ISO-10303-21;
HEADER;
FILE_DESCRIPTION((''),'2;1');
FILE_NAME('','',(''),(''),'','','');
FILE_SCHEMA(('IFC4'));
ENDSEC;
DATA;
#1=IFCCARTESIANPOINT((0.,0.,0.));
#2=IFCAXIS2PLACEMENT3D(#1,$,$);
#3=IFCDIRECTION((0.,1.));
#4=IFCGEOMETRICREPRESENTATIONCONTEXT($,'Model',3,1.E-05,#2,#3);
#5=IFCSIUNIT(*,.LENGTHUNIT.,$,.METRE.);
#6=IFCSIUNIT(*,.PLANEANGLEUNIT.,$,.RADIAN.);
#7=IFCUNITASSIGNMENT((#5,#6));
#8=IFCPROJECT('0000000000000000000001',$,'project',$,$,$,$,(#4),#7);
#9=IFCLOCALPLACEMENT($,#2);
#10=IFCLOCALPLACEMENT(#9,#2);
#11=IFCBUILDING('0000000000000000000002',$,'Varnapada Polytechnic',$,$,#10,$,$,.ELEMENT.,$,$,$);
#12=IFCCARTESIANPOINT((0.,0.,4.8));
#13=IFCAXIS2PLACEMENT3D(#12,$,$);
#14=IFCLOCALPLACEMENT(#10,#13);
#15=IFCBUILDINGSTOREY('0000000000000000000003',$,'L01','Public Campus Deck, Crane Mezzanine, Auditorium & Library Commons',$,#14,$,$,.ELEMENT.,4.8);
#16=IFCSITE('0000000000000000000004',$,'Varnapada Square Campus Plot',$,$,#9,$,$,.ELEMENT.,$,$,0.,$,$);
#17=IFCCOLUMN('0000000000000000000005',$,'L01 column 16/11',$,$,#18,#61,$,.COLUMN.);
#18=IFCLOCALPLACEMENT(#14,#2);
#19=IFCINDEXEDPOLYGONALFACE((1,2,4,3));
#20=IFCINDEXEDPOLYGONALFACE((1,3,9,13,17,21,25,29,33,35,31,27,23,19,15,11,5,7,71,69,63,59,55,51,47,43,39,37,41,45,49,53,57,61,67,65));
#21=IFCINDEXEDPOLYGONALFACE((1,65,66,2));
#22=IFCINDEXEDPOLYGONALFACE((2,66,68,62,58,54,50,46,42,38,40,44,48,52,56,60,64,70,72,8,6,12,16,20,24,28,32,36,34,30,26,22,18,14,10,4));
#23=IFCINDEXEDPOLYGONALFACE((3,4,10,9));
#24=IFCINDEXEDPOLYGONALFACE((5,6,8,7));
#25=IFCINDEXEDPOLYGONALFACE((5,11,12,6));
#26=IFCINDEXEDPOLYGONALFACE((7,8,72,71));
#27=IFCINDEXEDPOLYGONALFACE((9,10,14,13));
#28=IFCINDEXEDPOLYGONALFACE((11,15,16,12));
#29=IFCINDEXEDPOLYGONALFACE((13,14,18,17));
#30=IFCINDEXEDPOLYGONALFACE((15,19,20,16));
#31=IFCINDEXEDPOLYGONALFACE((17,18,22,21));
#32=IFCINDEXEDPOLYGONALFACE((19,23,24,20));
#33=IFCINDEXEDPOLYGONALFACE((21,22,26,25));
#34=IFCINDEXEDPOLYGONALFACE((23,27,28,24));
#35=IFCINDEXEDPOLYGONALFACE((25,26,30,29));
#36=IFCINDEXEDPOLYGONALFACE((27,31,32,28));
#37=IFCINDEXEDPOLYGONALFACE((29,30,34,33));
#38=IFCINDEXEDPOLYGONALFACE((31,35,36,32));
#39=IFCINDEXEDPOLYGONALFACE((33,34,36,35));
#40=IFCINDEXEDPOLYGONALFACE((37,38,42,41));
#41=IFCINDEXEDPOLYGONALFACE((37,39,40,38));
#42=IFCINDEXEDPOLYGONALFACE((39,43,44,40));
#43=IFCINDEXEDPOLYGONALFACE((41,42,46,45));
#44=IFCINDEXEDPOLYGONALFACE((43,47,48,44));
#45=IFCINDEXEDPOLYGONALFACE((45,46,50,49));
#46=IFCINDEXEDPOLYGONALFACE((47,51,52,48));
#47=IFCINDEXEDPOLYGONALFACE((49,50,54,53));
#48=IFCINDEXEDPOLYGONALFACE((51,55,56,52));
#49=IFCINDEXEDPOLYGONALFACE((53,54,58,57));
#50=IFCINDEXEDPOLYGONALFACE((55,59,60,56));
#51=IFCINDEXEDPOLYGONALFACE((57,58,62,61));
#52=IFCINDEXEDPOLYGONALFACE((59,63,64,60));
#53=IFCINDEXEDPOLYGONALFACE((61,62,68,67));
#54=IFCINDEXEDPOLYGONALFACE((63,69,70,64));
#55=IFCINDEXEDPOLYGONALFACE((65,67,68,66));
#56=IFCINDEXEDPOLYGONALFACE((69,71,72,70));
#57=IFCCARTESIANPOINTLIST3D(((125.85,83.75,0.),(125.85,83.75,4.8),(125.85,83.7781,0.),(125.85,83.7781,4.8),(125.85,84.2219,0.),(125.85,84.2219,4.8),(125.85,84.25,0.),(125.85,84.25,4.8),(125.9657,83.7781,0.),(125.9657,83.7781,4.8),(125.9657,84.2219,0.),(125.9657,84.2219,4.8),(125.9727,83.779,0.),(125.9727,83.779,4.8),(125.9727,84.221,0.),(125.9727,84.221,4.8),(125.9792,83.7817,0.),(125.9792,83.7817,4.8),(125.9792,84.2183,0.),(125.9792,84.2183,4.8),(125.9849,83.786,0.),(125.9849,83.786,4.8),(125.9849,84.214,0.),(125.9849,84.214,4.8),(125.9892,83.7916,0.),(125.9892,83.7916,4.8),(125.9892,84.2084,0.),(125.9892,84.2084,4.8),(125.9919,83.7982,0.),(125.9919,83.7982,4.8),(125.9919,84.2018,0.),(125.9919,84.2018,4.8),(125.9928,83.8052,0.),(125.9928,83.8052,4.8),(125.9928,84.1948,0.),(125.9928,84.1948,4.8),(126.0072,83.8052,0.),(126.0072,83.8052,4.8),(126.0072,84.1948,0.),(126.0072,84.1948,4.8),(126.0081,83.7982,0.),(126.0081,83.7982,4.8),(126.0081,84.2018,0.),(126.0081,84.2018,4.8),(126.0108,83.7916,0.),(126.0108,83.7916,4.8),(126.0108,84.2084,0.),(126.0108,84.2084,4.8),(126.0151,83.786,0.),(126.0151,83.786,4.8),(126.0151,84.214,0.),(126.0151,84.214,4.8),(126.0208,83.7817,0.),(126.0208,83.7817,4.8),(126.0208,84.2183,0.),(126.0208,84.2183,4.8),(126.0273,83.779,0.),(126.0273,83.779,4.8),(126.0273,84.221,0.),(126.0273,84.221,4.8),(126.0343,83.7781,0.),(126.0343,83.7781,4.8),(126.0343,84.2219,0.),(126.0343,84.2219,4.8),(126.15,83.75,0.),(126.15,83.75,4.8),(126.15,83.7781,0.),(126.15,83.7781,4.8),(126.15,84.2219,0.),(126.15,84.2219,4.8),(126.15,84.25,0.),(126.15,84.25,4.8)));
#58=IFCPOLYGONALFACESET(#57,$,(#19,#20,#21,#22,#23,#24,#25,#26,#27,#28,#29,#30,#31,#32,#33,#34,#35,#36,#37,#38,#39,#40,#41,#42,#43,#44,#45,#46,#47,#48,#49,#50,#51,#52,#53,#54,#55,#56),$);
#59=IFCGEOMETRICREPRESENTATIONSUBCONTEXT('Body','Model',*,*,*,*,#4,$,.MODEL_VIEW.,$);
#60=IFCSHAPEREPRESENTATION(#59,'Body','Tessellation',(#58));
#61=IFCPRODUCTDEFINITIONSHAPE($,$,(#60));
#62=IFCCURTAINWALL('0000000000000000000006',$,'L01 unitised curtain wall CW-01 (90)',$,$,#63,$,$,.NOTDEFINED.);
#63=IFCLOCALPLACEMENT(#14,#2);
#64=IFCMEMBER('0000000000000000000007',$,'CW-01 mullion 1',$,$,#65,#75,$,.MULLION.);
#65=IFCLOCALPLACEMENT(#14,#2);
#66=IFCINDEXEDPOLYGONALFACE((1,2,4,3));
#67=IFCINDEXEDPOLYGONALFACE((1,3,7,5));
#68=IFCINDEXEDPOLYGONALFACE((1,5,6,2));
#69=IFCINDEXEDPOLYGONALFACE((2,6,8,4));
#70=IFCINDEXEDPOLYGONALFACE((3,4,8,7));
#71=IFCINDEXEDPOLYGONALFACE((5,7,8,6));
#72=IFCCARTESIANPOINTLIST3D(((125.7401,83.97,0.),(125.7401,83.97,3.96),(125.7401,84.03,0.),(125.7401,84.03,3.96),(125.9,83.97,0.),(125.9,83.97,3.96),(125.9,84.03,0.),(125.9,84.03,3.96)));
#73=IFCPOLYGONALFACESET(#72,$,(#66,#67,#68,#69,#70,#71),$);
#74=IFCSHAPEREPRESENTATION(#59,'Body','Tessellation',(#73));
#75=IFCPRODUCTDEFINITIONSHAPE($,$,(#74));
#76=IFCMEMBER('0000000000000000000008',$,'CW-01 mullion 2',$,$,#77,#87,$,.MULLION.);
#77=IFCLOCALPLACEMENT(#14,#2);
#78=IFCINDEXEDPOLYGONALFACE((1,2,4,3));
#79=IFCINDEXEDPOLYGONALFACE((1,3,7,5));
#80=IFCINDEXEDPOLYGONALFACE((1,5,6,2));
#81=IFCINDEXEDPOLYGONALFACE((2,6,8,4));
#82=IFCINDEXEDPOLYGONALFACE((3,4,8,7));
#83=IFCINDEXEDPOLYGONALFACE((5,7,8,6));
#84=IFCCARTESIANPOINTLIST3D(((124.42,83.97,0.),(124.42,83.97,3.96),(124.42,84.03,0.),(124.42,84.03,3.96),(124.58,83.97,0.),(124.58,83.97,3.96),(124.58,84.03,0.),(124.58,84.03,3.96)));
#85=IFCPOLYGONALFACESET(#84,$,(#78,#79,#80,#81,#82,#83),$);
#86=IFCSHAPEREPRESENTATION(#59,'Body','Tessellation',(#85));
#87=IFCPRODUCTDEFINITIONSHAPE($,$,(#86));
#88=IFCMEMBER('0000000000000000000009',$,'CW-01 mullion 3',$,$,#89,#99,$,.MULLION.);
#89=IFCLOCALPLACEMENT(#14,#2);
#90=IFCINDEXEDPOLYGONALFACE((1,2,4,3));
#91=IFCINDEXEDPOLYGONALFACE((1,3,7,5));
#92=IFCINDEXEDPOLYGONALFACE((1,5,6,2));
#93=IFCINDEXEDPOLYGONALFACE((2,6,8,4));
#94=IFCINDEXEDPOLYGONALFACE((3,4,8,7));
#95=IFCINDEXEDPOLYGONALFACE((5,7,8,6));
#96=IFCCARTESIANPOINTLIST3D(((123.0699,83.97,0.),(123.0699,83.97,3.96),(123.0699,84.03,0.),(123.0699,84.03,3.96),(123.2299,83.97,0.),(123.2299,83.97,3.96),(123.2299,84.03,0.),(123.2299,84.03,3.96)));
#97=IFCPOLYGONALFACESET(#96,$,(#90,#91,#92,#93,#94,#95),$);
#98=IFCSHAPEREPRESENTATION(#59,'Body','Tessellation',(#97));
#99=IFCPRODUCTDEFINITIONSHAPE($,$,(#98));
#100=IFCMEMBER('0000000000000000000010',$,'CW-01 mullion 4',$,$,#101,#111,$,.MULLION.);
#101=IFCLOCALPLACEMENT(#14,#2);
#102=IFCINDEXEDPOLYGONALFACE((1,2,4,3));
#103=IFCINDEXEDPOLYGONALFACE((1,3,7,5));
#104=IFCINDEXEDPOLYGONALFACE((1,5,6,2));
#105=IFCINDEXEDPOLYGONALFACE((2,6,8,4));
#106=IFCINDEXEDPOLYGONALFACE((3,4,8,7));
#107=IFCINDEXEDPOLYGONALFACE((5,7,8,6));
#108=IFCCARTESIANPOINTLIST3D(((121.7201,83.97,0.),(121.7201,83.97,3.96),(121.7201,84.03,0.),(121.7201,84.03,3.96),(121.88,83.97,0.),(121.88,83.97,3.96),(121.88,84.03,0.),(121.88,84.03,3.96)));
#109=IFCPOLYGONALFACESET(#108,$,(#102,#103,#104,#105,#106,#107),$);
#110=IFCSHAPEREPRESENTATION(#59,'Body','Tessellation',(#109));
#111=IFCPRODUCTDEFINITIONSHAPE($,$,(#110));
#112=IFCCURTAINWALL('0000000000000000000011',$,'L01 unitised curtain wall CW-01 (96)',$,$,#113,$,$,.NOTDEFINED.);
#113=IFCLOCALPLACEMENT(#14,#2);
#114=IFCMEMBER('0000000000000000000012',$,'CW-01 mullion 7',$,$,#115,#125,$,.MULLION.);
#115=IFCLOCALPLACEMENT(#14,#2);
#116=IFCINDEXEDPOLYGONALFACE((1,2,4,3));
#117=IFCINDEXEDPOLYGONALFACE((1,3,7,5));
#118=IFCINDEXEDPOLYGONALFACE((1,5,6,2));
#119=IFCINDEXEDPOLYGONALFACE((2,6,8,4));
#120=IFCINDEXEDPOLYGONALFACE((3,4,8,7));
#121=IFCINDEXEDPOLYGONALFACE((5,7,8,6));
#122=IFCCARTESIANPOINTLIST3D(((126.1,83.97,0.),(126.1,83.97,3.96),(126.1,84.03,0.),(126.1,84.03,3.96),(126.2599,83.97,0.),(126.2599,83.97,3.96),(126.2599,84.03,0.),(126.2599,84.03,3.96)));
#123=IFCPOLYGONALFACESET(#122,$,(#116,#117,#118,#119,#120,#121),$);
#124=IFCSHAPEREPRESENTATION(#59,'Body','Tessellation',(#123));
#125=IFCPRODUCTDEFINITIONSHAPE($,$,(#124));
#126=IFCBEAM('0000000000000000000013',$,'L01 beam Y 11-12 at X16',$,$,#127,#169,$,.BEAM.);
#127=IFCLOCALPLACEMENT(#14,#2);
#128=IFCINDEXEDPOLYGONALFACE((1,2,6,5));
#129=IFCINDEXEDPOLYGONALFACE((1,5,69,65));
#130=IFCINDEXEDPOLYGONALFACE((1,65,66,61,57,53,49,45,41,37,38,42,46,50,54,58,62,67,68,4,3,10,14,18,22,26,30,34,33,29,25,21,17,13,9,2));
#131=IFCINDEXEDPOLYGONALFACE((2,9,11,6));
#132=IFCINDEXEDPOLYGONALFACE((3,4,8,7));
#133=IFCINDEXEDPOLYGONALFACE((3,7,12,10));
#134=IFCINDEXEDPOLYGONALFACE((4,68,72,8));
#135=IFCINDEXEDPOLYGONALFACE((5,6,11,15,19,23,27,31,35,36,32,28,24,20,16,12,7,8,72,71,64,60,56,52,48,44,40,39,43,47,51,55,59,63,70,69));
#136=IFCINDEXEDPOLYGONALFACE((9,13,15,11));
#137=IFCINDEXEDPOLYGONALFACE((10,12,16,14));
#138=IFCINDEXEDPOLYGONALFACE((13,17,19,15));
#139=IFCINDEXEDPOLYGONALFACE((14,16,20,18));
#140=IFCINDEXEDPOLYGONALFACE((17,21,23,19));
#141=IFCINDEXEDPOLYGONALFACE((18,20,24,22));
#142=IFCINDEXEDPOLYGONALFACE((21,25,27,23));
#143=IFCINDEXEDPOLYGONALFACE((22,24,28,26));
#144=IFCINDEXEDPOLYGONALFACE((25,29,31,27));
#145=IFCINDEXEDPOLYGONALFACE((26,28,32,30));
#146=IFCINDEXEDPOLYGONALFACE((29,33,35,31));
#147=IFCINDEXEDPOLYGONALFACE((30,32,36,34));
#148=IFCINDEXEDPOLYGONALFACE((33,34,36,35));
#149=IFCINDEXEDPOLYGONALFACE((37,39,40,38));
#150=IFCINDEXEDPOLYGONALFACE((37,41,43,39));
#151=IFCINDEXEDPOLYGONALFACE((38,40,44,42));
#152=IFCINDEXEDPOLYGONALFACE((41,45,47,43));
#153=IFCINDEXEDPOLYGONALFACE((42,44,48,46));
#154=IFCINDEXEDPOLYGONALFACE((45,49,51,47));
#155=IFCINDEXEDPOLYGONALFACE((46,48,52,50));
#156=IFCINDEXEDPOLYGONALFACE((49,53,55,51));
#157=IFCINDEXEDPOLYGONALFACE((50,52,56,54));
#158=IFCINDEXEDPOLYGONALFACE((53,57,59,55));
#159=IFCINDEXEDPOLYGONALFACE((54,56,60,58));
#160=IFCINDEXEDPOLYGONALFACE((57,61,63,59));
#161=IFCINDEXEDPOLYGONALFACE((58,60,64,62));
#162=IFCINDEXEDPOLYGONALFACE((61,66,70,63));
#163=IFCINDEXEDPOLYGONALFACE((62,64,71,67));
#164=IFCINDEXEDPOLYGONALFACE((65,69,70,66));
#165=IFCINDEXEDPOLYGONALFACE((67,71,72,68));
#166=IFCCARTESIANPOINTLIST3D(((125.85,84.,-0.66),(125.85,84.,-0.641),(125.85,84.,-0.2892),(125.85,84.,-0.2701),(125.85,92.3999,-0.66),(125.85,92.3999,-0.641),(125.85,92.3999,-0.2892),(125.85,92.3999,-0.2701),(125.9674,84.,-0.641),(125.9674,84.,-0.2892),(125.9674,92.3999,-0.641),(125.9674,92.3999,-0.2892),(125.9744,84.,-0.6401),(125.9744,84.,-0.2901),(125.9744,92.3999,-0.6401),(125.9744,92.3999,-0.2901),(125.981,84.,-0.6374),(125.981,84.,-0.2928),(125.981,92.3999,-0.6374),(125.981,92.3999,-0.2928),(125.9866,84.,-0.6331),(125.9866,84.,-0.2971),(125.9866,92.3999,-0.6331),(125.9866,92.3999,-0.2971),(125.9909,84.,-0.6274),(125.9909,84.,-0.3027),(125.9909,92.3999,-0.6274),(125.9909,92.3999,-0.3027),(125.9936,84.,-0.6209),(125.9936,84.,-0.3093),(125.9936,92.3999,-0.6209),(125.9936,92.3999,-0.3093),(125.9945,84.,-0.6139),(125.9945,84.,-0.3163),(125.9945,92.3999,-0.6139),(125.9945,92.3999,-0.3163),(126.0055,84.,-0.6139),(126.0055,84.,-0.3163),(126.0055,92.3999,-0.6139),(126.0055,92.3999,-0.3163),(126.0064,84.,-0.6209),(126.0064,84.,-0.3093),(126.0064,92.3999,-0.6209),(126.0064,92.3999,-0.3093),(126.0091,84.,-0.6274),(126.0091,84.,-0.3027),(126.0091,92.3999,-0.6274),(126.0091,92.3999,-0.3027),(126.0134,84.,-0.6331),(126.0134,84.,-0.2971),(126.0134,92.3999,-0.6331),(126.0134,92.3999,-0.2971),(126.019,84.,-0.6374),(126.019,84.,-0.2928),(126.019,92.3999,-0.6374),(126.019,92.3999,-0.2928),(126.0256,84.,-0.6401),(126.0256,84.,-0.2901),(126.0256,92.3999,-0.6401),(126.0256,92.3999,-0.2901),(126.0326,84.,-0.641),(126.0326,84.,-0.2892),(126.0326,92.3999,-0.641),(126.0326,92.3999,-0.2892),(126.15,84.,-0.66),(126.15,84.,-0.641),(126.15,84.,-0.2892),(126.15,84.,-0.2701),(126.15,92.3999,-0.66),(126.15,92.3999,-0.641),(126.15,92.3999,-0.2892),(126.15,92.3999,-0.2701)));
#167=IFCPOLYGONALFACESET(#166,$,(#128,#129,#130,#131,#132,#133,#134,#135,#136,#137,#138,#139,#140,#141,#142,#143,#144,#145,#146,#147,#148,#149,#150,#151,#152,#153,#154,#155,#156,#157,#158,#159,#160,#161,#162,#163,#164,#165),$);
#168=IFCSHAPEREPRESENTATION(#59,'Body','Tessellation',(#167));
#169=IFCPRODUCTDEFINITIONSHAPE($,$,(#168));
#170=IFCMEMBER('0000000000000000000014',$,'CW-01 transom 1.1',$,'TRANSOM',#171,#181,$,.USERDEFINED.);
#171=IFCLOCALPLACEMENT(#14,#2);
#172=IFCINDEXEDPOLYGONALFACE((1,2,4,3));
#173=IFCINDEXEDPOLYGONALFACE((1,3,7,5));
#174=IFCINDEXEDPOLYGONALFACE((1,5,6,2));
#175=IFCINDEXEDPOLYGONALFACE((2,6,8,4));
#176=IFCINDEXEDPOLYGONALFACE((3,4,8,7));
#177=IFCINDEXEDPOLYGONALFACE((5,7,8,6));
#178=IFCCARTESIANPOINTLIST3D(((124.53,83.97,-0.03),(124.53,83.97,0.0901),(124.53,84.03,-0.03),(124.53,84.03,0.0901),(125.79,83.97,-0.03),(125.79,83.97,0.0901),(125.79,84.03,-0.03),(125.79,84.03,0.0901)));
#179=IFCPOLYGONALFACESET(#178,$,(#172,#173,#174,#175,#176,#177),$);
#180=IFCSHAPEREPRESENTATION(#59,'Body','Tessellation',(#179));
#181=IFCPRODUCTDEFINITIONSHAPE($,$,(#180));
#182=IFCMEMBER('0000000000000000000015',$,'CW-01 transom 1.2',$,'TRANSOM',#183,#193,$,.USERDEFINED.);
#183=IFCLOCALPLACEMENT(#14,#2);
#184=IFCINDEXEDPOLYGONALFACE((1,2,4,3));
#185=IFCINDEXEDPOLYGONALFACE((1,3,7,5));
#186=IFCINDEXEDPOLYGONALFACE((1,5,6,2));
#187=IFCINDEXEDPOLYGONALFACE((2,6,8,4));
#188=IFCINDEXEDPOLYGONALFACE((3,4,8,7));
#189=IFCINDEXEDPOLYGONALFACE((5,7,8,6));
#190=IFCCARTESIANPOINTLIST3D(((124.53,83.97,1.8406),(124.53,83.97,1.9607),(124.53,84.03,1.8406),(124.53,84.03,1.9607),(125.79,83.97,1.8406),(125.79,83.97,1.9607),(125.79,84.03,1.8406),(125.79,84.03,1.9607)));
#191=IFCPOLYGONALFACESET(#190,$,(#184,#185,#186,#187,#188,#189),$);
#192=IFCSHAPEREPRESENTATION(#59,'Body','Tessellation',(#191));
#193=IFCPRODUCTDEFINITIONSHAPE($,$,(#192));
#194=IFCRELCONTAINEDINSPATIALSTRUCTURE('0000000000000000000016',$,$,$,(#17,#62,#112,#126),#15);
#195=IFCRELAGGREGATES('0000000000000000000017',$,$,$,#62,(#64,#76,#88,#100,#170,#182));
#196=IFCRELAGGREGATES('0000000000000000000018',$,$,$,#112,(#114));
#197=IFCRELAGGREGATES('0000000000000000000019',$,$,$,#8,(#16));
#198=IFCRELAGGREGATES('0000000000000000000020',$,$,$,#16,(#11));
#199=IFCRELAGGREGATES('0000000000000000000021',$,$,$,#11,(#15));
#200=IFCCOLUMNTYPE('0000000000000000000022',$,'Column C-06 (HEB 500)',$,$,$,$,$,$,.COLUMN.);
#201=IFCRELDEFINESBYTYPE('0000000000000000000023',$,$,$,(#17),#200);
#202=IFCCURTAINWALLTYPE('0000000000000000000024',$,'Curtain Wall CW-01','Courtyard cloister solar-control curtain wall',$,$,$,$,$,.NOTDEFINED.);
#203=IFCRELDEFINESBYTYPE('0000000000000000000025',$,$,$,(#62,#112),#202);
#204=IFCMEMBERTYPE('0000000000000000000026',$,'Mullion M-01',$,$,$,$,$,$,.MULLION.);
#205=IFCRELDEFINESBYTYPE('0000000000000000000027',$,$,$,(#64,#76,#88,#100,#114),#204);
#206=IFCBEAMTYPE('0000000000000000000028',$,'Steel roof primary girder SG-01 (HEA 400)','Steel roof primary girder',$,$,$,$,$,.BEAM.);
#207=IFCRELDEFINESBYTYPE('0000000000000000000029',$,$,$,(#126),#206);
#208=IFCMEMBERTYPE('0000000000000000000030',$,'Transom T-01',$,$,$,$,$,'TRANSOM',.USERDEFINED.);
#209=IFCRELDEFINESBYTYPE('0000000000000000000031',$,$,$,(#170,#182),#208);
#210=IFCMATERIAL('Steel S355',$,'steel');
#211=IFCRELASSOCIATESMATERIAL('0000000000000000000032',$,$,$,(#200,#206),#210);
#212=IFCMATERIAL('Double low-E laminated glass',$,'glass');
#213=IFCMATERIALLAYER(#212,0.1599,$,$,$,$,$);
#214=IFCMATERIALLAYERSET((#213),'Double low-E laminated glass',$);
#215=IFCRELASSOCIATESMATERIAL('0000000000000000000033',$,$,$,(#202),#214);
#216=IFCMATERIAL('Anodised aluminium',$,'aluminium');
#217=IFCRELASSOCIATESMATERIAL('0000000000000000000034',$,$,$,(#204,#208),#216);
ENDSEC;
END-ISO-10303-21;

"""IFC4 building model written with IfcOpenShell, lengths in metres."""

from ifc_helpers import new_model, si_unit, direction, frame, origin, origin_2d, place, context, subcontext, project, spatial, rectangle, i_section, extrude, material, layer, layer_set, material_profile, profile_set, type_object, element, aggregate, save


model = new_model("IFC4")

# Units and contexts
model_context = context("Model", 3, precision=1e-05, world=origin(), true_north=direction((0.0, 1.0)))
body_context = subcontext(model_context, "Body", "Model", "MODEL_VIEW")
ifc_project = project(units=[si_unit("LENGTHUNIT", "METRE"), si_unit("PLANEANGLEUNIT", "RADIAN")], contexts=[model_context])

# Site, building, storey
site_placement = place(None, origin())
site = spatial("IfcSite", under=ifc_project, at=site_placement, Name="Varnapada Square Campus Plot", CompositionType="ELEMENT", RefElevation=0.0)
building_placement = place(site_placement, origin())
building = spatial("IfcBuilding", under=site, at=building_placement, Name="Varnapada Polytechnic", CompositionType="ELEMENT")
storey_placement = place(building_placement, frame((0.0, 0.0, 4.8)))
storey = spatial("IfcBuildingStorey", under=building, at=storey_placement, Name="L01", Description="Public Campus Deck, Crane Mezzanine, Auditorium & Library Commons", CompositionType="ELEMENT", Elevation=4.8)

# Column
ifc_material_1 = material(Name="Steel S355", Category="steel")
ifc_material_profile_1 = material_profile(ifc_material_1, i_section(OverallWidth=0.3, OverallDepth=0.5, WebThickness=0.0144, FlangeThickness=0.0281, FilletRadius=0.0271, at=origin_2d()), Name="HEB 500")
ifc_profile_set_1 = profile_set([ifc_material_profile_1], Name="Steel S355")
column_type = type_object("IfcColumnType", Name="Column C-06 (HEB 500)", PredefinedType="COLUMN", material=ifc_profile_set_1)
column_placement = place(storey_placement, frame((126.0, 84.0, 0.0), z_axis=(0.0, 0.0, 1.0), x_axis=(1.0, 0.0, 0.0)))
element("IfcColumn", 1, at=column_placement, inside=storey, type_object=column_type, Name="L01 column 16/11", PredefinedType="COLUMN", context=body_context, shape_type="SweptSolid", body=[
    extrude(i_section(OverallWidth=0.3, OverallDepth=0.5, WebThickness=0.0144, FlangeThickness=0.0281, FilletRadius=0.0271, at=origin_2d()), origin(), (0.0, 0.0, 1.0), 4.8),
])

# Curtain wall, members
ifc_material_2 = material(Name="Double low-E laminated glass", Category="glass")
ifc_layer_1 = layer(ifc_material_2, 0.1599)
ifc_layer_set_1 = layer_set([ifc_layer_1], Name="Double low-E laminated glass")
curtain_wall_type = type_object("IfcCurtainWallType", Name="Curtain Wall CW-01", Description="Courtyard cloister solar-control curtain wall", PredefinedType="NOTDEFINED", material=ifc_layer_set_1)
curtain_wall_1_placement = place(storey_placement, origin())
curtain_wall_1 = element("IfcCurtainWall", 2, at=curtain_wall_1_placement, inside=storey, type_object=curtain_wall_type, Name="L01 unitised curtain wall CW-01 (90)", PredefinedType="NOTDEFINED")
ifc_material_3 = material(Name="Anodised aluminium", Category="aluminium")
ifc_material_profile_2 = material_profile(ifc_material_3, rectangle(XDim=0.0601, YDim=0.1599, at=origin_2d()), Name="ALU M60x160")
ifc_profile_set_2 = profile_set([ifc_material_profile_2], Name="Anodised aluminium")
member_type_1 = type_object("IfcMemberType", Name="Mullion M-01", PredefinedType="MULLION", material=ifc_profile_set_2)
member_1_placement = place(storey_placement, frame((125.8201, 84.0, 0.0), z_axis=(0.0, 0.0, 1.0), x_axis=(0.0, -1.0, 0.0)))
member_1 = element("IfcMember", 3, at=member_1_placement, type_object=member_type_1, Name="CW-01 mullion 1", PredefinedType="MULLION", context=body_context, shape_type="SweptSolid", body=[
    extrude(rectangle(XDim=0.0601, YDim=0.1599, at=origin_2d()), origin(), (0.0, 0.0, 1.0), 3.96),
])
member_2_placement = place(storey_placement, frame((124.5, 84.0, 0.0), z_axis=(0.0, 0.0, 1.0), x_axis=(0.0, -1.0, 0.0)))
member_2 = element("IfcMember", 4, at=member_2_placement, type_object=member_type_1, Name="CW-01 mullion 2", PredefinedType="MULLION", context=body_context, shape_type="SweptSolid", body=[
    extrude(rectangle(XDim=0.0601, YDim=0.1599, at=origin_2d()), origin(), (0.0, 0.0, 1.0), 3.96),
])
member_3_placement = place(storey_placement, frame((123.1499, 84.0, 0.0), z_axis=(0.0, 0.0, 1.0), x_axis=(0.0, -1.0, 0.0)))
member_3 = element("IfcMember", 5, at=member_3_placement, type_object=member_type_1, Name="CW-01 mullion 3", PredefinedType="MULLION", context=body_context, shape_type="SweptSolid", body=[
    extrude(rectangle(XDim=0.0601, YDim=0.1599, at=origin_2d()), origin(), (0.0, 0.0, 1.0), 3.96),
])
member_4_placement = place(storey_placement, frame((121.8, 84.0, 0.0), z_axis=(0.0, 0.0, 1.0), x_axis=(0.0, -1.0, 0.0)))
member_4 = element("IfcMember", 6, at=member_4_placement, type_object=member_type_1, Name="CW-01 mullion 4", PredefinedType="MULLION", context=body_context, shape_type="SweptSolid", body=[
    extrude(rectangle(XDim=0.0601, YDim=0.1599, at=origin_2d()), origin(), (0.0, 0.0, 1.0), 3.96),
])

# Curtain wall, member
curtain_wall_2_placement = place(storey_placement, origin())
curtain_wall_2 = element("IfcCurtainWall", 7, at=curtain_wall_2_placement, inside=storey, type_object=curtain_wall_type, Name="L01 unitised curtain wall CW-01 (96)", PredefinedType="NOTDEFINED")
member_5_placement = place(storey_placement, frame((126.1799, 84.0, 0.0), z_axis=(0.0, 0.0, 1.0), x_axis=(0.0, -1.0, 0.0)))
member_5 = element("IfcMember", 8, at=member_5_placement, type_object=member_type_1, Name="CW-01 mullion 7", PredefinedType="MULLION", context=body_context, shape_type="SweptSolid", body=[
    extrude(rectangle(XDim=0.0601, YDim=0.1599, at=origin_2d()), origin(), (0.0, 0.0, 1.0), 3.96),
])

# Beam
ifc_material_profile_3 = material_profile(ifc_material_1, i_section(OverallWidth=0.3, OverallDepth=0.3899, WebThickness=0.011, FlangeThickness=0.019, FilletRadius=0.0271, at=origin_2d()), Name="HEA 400")
ifc_profile_set_3 = profile_set([ifc_material_profile_3], Name="Steel S355")
beam_type_1 = type_object("IfcBeamType", Name="Steel roof primary girder SG-01 (HEA 400)", Description="Steel roof primary girder", PredefinedType="BEAM", material=ifc_profile_set_3)
beam_1_placement = place(storey_placement, frame((126.0, 84.0, -0.4651), z_axis=(0.0, 1.0, 0.0), x_axis=(-1.0, 0.0, 0.0)))
element("IfcBeam", 9, at=beam_1_placement, inside=storey, type_object=beam_type_1, Name="L01 beam Y 11-12 at X16", PredefinedType="BEAM", context=body_context, shape_type="SweptSolid", body=[
    extrude(i_section(OverallWidth=0.3, OverallDepth=0.3899, WebThickness=0.011, FlangeThickness=0.019, FilletRadius=0.0271, at=origin_2d()), origin(), (0.0, 0.0, 1.0), 8.3999),
])

# Members
ifc_material_profile_4 = material_profile(ifc_material_3, rectangle(XDim=0.0601, YDim=0.1201, at=origin_2d()), Name="ALU T60x120")
ifc_profile_set_4 = profile_set([ifc_material_profile_4], Name="Anodised aluminium")
member_type_2 = type_object("IfcMemberType", Name="Transom T-01", ElementType="TRANSOM", PredefinedType="USERDEFINED", material=ifc_profile_set_4)
member_6_placement = place(storey_placement, frame((125.79, 84.0, 0.03), z_axis=(-1.0, 0.0, 0.0), x_axis=(0.0, -1.0, 0.0)))
member_6 = element("IfcMember", 10, at=member_6_placement, type_object=member_type_2, Name="CW-01 transom 1.1", ObjectType="TRANSOM", PredefinedType="USERDEFINED", context=body_context, shape_type="SweptSolid", body=[
    extrude(rectangle(XDim=0.0601, YDim=0.1201, at=origin_2d()), origin(), (0.0, 0.0, 1.0), 1.26),
])
member_7_placement = place(storey_placement, frame((125.79, 84.0, 1.9006), z_axis=(-1.0, 0.0, 0.0), x_axis=(0.0, -1.0, 0.0)))
member_7 = element("IfcMember", 11, at=member_7_placement, type_object=member_type_2, Name="CW-01 transom 1.2", ObjectType="TRANSOM", PredefinedType="USERDEFINED", context=body_context, shape_type="SweptSolid", body=[
    extrude(rectangle(XDim=0.0601, YDim=0.1201, at=origin_2d()), origin(), (0.0, 0.0, 1.0), 1.26),
])

aggregate(curtain_wall_1, [member_1, member_2, member_3, member_4, member_6, member_7])
aggregate(curtain_wall_2, [member_5])

save(model, "model.ifc")
